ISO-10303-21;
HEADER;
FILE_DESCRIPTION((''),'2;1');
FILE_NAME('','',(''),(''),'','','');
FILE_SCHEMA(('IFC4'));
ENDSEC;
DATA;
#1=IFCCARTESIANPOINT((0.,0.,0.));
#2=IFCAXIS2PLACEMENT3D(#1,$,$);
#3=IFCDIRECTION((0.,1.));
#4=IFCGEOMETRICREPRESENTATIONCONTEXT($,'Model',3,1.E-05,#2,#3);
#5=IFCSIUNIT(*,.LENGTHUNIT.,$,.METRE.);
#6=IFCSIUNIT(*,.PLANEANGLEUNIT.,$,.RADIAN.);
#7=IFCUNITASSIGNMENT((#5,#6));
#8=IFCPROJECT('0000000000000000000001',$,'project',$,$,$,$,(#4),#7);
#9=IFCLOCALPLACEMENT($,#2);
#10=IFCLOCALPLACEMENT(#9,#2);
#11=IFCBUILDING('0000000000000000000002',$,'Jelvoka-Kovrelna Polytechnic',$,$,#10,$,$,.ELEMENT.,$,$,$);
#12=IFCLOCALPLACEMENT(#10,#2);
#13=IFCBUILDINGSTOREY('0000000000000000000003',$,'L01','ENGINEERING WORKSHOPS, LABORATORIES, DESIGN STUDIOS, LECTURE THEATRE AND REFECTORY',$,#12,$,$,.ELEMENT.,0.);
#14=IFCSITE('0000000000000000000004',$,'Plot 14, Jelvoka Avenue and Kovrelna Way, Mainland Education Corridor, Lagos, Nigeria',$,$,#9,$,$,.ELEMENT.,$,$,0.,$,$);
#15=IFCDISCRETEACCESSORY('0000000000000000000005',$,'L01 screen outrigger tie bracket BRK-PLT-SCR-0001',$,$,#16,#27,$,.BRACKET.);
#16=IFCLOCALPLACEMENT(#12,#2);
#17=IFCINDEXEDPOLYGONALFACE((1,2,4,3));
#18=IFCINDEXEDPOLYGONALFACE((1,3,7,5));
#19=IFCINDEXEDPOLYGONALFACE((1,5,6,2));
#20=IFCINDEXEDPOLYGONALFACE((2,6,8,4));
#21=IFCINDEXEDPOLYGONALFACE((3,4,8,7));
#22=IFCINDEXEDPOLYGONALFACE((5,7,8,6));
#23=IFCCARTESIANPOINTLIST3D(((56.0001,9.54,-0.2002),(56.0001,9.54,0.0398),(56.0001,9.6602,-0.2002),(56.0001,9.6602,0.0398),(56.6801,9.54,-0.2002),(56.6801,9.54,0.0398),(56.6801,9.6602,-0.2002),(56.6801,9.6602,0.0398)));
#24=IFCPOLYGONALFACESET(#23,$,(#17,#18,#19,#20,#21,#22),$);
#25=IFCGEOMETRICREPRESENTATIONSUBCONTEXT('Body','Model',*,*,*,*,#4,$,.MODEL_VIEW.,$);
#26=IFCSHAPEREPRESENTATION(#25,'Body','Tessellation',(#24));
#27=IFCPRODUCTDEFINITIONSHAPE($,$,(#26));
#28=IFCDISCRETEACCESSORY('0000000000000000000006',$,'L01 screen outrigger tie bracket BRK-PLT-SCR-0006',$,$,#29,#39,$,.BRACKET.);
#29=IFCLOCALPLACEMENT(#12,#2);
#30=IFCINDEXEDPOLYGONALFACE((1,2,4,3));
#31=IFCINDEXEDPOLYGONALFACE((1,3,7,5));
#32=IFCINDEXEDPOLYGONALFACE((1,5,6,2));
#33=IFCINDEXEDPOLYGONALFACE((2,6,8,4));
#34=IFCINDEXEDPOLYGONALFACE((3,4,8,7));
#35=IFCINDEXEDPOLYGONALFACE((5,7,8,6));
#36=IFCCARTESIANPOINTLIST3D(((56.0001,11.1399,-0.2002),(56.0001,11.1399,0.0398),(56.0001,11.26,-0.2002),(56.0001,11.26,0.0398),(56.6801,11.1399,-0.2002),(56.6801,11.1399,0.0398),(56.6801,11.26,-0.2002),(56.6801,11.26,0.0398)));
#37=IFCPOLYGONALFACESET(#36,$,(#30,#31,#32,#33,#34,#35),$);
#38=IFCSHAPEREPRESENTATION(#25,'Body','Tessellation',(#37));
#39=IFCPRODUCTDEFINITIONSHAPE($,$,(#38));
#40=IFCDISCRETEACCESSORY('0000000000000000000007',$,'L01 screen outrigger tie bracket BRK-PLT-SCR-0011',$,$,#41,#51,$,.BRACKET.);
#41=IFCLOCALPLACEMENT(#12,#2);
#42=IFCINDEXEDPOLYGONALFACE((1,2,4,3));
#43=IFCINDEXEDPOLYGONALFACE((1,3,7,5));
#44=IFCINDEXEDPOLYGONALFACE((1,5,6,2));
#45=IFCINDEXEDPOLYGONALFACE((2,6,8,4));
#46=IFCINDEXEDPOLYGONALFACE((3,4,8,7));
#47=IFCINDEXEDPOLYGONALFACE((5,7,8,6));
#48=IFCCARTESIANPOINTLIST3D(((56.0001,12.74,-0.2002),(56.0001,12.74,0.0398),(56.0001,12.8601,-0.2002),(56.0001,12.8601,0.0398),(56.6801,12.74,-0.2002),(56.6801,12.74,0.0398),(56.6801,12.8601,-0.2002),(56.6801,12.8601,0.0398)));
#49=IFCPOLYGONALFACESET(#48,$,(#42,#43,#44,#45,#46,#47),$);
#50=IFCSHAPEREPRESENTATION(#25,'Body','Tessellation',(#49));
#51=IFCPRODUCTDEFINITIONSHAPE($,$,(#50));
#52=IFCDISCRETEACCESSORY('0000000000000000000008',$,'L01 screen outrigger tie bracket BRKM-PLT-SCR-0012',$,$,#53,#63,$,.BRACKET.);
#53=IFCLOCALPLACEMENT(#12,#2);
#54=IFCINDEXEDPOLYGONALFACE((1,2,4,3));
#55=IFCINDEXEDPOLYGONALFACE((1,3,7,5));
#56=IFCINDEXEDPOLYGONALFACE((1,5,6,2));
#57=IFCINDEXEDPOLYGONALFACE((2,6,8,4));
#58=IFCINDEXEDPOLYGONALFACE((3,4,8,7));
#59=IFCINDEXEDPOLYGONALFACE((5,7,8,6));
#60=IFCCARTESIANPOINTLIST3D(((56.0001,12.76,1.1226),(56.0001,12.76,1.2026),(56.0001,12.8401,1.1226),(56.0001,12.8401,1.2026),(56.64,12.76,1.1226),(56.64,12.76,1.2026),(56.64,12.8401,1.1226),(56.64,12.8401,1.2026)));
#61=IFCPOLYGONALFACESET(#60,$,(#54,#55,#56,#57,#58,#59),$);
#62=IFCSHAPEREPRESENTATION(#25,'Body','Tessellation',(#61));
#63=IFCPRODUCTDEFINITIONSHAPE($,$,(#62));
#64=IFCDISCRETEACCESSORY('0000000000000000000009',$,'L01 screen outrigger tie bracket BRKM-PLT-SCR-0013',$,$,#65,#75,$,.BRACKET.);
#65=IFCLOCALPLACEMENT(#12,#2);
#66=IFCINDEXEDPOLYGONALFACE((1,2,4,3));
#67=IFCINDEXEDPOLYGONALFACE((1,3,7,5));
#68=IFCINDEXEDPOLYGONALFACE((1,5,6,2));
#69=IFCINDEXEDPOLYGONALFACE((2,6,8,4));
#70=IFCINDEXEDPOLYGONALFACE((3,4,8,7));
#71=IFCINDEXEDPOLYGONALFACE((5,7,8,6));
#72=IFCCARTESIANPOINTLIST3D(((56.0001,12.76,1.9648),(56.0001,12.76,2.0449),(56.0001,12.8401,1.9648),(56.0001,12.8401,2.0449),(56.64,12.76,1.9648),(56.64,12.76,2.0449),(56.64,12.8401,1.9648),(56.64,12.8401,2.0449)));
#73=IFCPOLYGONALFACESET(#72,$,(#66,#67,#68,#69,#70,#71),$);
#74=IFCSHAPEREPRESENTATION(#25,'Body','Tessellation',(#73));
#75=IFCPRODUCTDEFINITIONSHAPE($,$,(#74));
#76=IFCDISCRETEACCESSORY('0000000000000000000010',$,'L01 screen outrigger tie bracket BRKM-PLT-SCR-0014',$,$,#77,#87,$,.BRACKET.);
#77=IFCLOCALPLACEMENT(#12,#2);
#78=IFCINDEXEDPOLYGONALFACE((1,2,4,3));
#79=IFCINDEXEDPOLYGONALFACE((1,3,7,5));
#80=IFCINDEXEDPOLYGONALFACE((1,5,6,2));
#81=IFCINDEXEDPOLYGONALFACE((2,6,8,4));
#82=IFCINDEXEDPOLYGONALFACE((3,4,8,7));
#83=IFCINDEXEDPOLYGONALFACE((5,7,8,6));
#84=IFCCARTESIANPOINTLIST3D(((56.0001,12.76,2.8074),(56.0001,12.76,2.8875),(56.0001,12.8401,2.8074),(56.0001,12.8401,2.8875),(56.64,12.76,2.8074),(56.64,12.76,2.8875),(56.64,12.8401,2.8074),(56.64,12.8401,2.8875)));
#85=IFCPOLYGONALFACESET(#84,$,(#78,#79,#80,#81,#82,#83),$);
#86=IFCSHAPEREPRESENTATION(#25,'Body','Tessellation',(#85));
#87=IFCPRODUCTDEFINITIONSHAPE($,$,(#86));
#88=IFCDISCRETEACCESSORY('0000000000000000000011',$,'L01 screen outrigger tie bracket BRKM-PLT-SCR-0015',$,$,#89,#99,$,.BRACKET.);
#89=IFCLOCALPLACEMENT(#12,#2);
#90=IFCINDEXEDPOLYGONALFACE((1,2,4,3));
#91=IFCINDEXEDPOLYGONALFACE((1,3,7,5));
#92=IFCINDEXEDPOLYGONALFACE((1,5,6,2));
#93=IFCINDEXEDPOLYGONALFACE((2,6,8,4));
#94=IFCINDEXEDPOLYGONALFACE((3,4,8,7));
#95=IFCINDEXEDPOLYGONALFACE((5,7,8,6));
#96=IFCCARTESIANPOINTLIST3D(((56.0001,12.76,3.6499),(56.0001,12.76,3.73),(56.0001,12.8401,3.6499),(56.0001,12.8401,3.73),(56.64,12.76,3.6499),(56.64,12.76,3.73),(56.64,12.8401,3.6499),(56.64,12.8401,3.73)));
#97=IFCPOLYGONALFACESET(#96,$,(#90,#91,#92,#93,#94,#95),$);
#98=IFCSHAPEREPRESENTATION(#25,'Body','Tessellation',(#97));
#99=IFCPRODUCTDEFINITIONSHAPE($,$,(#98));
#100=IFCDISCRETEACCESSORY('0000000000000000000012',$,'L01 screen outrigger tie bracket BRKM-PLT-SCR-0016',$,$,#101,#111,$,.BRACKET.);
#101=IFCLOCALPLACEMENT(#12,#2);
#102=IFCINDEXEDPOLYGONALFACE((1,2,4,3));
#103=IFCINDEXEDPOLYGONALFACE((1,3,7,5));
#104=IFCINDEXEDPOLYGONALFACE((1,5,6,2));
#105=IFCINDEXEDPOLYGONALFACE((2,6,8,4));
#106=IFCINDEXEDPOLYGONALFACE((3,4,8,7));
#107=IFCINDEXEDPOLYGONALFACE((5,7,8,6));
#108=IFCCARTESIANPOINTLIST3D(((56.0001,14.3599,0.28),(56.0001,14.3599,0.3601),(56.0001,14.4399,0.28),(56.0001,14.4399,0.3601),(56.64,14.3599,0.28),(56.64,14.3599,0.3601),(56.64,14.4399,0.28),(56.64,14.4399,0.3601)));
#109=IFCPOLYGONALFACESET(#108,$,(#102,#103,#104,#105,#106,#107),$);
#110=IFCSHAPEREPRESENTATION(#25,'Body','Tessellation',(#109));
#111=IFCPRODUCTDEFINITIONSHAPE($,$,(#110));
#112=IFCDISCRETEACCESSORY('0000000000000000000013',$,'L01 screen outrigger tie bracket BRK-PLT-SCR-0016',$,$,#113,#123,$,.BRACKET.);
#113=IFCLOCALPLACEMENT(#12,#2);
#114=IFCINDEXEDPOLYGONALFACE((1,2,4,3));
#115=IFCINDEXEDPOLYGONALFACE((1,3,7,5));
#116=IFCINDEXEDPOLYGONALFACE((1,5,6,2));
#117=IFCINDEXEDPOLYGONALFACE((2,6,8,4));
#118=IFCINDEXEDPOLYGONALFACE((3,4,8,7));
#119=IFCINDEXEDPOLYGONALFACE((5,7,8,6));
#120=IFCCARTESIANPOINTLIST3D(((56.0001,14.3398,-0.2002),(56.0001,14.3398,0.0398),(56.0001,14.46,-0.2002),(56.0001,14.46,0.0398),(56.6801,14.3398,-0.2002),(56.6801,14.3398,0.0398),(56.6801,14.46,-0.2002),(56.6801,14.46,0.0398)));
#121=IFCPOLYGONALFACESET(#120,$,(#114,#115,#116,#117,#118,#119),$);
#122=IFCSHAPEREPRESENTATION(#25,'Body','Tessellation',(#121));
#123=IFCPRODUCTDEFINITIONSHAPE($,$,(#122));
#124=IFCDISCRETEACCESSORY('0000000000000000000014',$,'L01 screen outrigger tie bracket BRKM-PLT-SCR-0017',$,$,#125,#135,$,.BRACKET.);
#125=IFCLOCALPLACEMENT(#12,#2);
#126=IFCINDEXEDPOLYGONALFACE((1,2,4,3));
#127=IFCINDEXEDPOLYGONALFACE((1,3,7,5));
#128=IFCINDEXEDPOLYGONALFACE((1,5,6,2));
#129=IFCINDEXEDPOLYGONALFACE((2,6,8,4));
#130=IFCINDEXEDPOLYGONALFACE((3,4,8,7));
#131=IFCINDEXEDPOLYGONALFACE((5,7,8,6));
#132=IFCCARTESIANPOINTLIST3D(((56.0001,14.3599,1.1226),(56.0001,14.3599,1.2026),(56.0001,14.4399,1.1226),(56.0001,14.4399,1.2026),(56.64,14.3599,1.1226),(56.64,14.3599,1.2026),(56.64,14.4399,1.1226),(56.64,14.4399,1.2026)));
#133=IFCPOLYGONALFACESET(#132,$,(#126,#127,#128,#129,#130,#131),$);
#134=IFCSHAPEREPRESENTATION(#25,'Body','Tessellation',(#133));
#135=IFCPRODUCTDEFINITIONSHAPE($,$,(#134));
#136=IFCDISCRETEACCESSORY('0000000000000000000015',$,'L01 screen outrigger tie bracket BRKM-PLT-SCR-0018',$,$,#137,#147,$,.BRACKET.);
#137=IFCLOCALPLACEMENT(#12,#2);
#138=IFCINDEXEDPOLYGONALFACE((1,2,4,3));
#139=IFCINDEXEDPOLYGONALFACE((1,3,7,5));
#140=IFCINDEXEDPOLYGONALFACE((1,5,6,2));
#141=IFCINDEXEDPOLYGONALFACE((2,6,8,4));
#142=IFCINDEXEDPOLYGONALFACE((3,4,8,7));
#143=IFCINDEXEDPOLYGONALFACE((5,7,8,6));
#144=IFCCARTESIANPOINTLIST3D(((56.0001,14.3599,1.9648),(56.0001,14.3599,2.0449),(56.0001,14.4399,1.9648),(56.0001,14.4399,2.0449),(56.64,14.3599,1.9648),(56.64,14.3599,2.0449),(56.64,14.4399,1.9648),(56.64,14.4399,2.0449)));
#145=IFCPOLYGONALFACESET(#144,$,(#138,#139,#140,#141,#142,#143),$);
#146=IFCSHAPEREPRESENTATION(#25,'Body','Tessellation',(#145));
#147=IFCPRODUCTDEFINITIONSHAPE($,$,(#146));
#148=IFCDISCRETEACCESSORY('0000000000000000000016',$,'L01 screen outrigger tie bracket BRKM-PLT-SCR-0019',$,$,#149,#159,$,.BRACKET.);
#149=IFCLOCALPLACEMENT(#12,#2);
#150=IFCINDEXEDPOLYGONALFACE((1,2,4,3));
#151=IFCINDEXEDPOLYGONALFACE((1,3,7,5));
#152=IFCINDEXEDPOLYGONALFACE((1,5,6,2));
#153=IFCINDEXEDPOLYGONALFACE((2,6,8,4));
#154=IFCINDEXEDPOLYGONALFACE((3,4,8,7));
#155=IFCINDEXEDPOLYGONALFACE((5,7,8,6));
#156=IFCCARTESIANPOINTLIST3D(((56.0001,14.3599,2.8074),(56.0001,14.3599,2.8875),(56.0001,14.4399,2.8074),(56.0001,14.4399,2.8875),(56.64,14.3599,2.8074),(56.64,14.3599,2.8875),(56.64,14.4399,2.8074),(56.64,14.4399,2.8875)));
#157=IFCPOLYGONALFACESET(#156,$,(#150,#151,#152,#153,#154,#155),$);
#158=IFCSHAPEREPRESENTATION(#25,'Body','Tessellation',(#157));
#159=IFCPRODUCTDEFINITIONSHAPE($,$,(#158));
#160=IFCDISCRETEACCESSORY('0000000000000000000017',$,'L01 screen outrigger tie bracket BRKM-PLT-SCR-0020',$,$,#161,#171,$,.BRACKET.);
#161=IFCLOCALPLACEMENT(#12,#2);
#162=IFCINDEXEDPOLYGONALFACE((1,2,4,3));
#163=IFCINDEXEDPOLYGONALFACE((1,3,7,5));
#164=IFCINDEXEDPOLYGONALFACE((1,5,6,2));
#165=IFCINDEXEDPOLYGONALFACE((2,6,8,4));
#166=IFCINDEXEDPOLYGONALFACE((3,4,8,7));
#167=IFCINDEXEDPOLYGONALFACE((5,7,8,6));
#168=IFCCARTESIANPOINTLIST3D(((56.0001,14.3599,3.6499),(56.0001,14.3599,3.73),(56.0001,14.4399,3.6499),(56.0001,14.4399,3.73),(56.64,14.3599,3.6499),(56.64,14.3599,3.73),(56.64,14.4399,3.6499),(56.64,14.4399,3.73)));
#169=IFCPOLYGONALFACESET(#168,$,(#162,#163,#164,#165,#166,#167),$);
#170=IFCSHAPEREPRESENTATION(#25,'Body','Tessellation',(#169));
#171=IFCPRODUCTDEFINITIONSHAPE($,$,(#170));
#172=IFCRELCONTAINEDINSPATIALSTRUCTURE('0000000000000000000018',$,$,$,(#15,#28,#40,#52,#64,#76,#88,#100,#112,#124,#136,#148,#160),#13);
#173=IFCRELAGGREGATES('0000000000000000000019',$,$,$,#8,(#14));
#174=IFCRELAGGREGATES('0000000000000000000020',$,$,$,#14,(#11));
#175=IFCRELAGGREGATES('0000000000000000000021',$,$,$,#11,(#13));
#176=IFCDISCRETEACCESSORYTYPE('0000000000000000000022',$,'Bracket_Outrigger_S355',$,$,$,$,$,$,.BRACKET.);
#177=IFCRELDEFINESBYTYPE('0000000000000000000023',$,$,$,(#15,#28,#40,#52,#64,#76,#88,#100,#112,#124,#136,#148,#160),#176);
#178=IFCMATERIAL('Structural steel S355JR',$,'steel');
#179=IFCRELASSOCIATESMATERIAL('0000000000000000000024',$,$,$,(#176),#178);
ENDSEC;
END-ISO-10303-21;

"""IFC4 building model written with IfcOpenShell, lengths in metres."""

from ifc_helpers import new_model, si_unit, direction, frame, origin, origin_2d, place, context, subcontext, project, spatial, rectangle, extrude, material, type_object, element, save


model = new_model("IFC4")

# Units and contexts
model_context = context("Model", 3, precision=1e-05, world=origin(), true_north=direction((0.0, 1.0)))
body_context = subcontext(model_context, "Body", "Model", "MODEL_VIEW")
ifc_project = project(units=[si_unit("LENGTHUNIT", "METRE"), si_unit("PLANEANGLEUNIT", "RADIAN")], contexts=[model_context])

# Site, building, storey
site_placement = place(None, origin())
site = spatial("IfcSite", under=ifc_project, at=site_placement, Name="Plot 14, Jelvoka Avenue and Kovrelna Way, Mainland Education Corridor, Lagos, Nigeria", CompositionType="ELEMENT", RefElevation=0.0)
building_placement = place(site_placement, origin())
building = spatial("IfcBuilding", under=site, at=building_placement, Name="Jelvoka-Kovrelna Polytechnic", CompositionType="ELEMENT")
storey_placement = place(building_placement, origin())
storey = spatial("IfcBuildingStorey", under=building, at=storey_placement, Name="L01", Description="ENGINEERING WORKSHOPS, LABORATORIES, DESIGN STUDIOS, LECTURE THEATRE AND REFECTORY", CompositionType="ELEMENT", Elevation=0.0)

# Discrete accessories
ifc_material_1 = material(Name="Structural steel S355JR", Category="steel")
discrete_accessory_type = type_object("IfcDiscreteAccessoryType", Name="Bracket_Outrigger_S355", PredefinedType="BRACKET", material=ifc_material_1)
for number, where, z_axis, x_axis, name in (
    (1, (56.3401, 9.6001, -0.2002), (0.0, 0.0, 1.0), (1.0, 0.0, 0.0), "L01 screen outrigger tie bracket BRK-PLT-SCR-0001"),
    (2, (56.3401, 11.2, -0.2002), (0.0, 0.0, 1.0), (1.0, 0.0, 0.0), "L01 screen outrigger tie bracket BRK-PLT-SCR-0006"),
    (3, (56.3401, 12.8, -0.2002), (0.0, 0.0, 1.0), (1.0, 0.0, 0.0), "L01 screen outrigger tie bracket BRK-PLT-SCR-0011"),
):
    element("IfcDiscreteAccessory", number, at=place(storey_placement, frame(where, z_axis=z_axis, x_axis=x_axis)), inside=storey, type_object=discrete_accessory_type, Name=name, PredefinedType="BRACKET", context=body_context, shape_type="SweptSolid", body=[
        extrude(rectangle(XDim=0.6799, YDim=0.1201, at=origin_2d()), origin(), (0.0, 0.0, 1.0), 0.24),
    ])
for number, where, z_axis, x_axis, name in (
    (4, (56.3201, 12.8, 1.1226), (0.0, 0.0, 1.0), (1.0, 0.0, 0.0), "L01 screen outrigger tie bracket BRKM-PLT-SCR-0012"),
    (5, (56.3201, 12.8, 1.9648), (0.0, 0.0, 1.0), (1.0, 0.0, 0.0), "L01 screen outrigger tie bracket BRKM-PLT-SCR-0013"),
    (6, (56.3201, 12.8, 2.8074), (0.0, 0.0, 1.0), (1.0, 0.0, 0.0), "L01 screen outrigger tie bracket BRKM-PLT-SCR-0014"),
    (7, (56.3201, 12.8, 3.6499), (0.0, 0.0, 1.0), (1.0, 0.0, 0.0), "L01 screen outrigger tie bracket BRKM-PLT-SCR-0015"),
    (8, (56.3201, 14.3999, 0.28), (0.0, 0.0, 1.0), (1.0, 0.0, 0.0), "L01 screen outrigger tie bracket BRKM-PLT-SCR-0016"),
):
    element("IfcDiscreteAccessory", number, at=place(storey_placement, frame(where, z_axis=z_axis, x_axis=x_axis)), inside=storey, type_object=discrete_accessory_type, Name=name, PredefinedType="BRACKET", context=body_context, shape_type="SweptSolid", body=[
        extrude(rectangle(XDim=0.6399, YDim=0.0801, at=origin_2d()), origin(), (0.0, 0.0, 1.0), 0.0801),
    ])
discrete_accessory_placement = place(storey_placement, frame((56.3401, 14.3999, -0.2002), z_axis=(0.0, 0.0, 1.0), x_axis=(1.0, 0.0, 0.0)))
element("IfcDiscreteAccessory", 9, at=discrete_accessory_placement, inside=storey, type_object=discrete_accessory_type, Name="L01 screen outrigger tie bracket BRK-PLT-SCR-0016", PredefinedType="BRACKET", context=body_context, shape_type="SweptSolid", body=[
    extrude(rectangle(XDim=0.6799, YDim=0.1201, at=origin_2d()), origin(), (0.0, 0.0, 1.0), 0.24),
])
for number, where, z_axis, x_axis, name in (
    (10, (56.3201, 14.3999, 1.1226), (0.0, 0.0, 1.0), (1.0, 0.0, 0.0), "L01 screen outrigger tie bracket BRKM-PLT-SCR-0017"),
    (11, (56.3201, 14.3999, 1.9648), (0.0, 0.0, 1.0), (1.0, 0.0, 0.0), "L01 screen outrigger tie bracket BRKM-PLT-SCR-0018"),
    (12, (56.3201, 14.3999, 2.8074), (0.0, 0.0, 1.0), (1.0, 0.0, 0.0), "L01 screen outrigger tie bracket BRKM-PLT-SCR-0019"),
    (13, (56.3201, 14.3999, 3.6499), (0.0, 0.0, 1.0), (1.0, 0.0, 0.0), "L01 screen outrigger tie bracket BRKM-PLT-SCR-0020"),
):
    element("IfcDiscreteAccessory", number, at=place(storey_placement, frame(where, z_axis=z_axis, x_axis=x_axis)), inside=storey, type_object=discrete_accessory_type, Name=name, PredefinedType="BRACKET", context=body_context, shape_type="SweptSolid", body=[
        extrude(rectangle(XDim=0.6399, YDim=0.0801, at=origin_2d()), origin(), (0.0, 0.0, 1.0), 0.0801),
    ])

save(model, "model.ifc")
